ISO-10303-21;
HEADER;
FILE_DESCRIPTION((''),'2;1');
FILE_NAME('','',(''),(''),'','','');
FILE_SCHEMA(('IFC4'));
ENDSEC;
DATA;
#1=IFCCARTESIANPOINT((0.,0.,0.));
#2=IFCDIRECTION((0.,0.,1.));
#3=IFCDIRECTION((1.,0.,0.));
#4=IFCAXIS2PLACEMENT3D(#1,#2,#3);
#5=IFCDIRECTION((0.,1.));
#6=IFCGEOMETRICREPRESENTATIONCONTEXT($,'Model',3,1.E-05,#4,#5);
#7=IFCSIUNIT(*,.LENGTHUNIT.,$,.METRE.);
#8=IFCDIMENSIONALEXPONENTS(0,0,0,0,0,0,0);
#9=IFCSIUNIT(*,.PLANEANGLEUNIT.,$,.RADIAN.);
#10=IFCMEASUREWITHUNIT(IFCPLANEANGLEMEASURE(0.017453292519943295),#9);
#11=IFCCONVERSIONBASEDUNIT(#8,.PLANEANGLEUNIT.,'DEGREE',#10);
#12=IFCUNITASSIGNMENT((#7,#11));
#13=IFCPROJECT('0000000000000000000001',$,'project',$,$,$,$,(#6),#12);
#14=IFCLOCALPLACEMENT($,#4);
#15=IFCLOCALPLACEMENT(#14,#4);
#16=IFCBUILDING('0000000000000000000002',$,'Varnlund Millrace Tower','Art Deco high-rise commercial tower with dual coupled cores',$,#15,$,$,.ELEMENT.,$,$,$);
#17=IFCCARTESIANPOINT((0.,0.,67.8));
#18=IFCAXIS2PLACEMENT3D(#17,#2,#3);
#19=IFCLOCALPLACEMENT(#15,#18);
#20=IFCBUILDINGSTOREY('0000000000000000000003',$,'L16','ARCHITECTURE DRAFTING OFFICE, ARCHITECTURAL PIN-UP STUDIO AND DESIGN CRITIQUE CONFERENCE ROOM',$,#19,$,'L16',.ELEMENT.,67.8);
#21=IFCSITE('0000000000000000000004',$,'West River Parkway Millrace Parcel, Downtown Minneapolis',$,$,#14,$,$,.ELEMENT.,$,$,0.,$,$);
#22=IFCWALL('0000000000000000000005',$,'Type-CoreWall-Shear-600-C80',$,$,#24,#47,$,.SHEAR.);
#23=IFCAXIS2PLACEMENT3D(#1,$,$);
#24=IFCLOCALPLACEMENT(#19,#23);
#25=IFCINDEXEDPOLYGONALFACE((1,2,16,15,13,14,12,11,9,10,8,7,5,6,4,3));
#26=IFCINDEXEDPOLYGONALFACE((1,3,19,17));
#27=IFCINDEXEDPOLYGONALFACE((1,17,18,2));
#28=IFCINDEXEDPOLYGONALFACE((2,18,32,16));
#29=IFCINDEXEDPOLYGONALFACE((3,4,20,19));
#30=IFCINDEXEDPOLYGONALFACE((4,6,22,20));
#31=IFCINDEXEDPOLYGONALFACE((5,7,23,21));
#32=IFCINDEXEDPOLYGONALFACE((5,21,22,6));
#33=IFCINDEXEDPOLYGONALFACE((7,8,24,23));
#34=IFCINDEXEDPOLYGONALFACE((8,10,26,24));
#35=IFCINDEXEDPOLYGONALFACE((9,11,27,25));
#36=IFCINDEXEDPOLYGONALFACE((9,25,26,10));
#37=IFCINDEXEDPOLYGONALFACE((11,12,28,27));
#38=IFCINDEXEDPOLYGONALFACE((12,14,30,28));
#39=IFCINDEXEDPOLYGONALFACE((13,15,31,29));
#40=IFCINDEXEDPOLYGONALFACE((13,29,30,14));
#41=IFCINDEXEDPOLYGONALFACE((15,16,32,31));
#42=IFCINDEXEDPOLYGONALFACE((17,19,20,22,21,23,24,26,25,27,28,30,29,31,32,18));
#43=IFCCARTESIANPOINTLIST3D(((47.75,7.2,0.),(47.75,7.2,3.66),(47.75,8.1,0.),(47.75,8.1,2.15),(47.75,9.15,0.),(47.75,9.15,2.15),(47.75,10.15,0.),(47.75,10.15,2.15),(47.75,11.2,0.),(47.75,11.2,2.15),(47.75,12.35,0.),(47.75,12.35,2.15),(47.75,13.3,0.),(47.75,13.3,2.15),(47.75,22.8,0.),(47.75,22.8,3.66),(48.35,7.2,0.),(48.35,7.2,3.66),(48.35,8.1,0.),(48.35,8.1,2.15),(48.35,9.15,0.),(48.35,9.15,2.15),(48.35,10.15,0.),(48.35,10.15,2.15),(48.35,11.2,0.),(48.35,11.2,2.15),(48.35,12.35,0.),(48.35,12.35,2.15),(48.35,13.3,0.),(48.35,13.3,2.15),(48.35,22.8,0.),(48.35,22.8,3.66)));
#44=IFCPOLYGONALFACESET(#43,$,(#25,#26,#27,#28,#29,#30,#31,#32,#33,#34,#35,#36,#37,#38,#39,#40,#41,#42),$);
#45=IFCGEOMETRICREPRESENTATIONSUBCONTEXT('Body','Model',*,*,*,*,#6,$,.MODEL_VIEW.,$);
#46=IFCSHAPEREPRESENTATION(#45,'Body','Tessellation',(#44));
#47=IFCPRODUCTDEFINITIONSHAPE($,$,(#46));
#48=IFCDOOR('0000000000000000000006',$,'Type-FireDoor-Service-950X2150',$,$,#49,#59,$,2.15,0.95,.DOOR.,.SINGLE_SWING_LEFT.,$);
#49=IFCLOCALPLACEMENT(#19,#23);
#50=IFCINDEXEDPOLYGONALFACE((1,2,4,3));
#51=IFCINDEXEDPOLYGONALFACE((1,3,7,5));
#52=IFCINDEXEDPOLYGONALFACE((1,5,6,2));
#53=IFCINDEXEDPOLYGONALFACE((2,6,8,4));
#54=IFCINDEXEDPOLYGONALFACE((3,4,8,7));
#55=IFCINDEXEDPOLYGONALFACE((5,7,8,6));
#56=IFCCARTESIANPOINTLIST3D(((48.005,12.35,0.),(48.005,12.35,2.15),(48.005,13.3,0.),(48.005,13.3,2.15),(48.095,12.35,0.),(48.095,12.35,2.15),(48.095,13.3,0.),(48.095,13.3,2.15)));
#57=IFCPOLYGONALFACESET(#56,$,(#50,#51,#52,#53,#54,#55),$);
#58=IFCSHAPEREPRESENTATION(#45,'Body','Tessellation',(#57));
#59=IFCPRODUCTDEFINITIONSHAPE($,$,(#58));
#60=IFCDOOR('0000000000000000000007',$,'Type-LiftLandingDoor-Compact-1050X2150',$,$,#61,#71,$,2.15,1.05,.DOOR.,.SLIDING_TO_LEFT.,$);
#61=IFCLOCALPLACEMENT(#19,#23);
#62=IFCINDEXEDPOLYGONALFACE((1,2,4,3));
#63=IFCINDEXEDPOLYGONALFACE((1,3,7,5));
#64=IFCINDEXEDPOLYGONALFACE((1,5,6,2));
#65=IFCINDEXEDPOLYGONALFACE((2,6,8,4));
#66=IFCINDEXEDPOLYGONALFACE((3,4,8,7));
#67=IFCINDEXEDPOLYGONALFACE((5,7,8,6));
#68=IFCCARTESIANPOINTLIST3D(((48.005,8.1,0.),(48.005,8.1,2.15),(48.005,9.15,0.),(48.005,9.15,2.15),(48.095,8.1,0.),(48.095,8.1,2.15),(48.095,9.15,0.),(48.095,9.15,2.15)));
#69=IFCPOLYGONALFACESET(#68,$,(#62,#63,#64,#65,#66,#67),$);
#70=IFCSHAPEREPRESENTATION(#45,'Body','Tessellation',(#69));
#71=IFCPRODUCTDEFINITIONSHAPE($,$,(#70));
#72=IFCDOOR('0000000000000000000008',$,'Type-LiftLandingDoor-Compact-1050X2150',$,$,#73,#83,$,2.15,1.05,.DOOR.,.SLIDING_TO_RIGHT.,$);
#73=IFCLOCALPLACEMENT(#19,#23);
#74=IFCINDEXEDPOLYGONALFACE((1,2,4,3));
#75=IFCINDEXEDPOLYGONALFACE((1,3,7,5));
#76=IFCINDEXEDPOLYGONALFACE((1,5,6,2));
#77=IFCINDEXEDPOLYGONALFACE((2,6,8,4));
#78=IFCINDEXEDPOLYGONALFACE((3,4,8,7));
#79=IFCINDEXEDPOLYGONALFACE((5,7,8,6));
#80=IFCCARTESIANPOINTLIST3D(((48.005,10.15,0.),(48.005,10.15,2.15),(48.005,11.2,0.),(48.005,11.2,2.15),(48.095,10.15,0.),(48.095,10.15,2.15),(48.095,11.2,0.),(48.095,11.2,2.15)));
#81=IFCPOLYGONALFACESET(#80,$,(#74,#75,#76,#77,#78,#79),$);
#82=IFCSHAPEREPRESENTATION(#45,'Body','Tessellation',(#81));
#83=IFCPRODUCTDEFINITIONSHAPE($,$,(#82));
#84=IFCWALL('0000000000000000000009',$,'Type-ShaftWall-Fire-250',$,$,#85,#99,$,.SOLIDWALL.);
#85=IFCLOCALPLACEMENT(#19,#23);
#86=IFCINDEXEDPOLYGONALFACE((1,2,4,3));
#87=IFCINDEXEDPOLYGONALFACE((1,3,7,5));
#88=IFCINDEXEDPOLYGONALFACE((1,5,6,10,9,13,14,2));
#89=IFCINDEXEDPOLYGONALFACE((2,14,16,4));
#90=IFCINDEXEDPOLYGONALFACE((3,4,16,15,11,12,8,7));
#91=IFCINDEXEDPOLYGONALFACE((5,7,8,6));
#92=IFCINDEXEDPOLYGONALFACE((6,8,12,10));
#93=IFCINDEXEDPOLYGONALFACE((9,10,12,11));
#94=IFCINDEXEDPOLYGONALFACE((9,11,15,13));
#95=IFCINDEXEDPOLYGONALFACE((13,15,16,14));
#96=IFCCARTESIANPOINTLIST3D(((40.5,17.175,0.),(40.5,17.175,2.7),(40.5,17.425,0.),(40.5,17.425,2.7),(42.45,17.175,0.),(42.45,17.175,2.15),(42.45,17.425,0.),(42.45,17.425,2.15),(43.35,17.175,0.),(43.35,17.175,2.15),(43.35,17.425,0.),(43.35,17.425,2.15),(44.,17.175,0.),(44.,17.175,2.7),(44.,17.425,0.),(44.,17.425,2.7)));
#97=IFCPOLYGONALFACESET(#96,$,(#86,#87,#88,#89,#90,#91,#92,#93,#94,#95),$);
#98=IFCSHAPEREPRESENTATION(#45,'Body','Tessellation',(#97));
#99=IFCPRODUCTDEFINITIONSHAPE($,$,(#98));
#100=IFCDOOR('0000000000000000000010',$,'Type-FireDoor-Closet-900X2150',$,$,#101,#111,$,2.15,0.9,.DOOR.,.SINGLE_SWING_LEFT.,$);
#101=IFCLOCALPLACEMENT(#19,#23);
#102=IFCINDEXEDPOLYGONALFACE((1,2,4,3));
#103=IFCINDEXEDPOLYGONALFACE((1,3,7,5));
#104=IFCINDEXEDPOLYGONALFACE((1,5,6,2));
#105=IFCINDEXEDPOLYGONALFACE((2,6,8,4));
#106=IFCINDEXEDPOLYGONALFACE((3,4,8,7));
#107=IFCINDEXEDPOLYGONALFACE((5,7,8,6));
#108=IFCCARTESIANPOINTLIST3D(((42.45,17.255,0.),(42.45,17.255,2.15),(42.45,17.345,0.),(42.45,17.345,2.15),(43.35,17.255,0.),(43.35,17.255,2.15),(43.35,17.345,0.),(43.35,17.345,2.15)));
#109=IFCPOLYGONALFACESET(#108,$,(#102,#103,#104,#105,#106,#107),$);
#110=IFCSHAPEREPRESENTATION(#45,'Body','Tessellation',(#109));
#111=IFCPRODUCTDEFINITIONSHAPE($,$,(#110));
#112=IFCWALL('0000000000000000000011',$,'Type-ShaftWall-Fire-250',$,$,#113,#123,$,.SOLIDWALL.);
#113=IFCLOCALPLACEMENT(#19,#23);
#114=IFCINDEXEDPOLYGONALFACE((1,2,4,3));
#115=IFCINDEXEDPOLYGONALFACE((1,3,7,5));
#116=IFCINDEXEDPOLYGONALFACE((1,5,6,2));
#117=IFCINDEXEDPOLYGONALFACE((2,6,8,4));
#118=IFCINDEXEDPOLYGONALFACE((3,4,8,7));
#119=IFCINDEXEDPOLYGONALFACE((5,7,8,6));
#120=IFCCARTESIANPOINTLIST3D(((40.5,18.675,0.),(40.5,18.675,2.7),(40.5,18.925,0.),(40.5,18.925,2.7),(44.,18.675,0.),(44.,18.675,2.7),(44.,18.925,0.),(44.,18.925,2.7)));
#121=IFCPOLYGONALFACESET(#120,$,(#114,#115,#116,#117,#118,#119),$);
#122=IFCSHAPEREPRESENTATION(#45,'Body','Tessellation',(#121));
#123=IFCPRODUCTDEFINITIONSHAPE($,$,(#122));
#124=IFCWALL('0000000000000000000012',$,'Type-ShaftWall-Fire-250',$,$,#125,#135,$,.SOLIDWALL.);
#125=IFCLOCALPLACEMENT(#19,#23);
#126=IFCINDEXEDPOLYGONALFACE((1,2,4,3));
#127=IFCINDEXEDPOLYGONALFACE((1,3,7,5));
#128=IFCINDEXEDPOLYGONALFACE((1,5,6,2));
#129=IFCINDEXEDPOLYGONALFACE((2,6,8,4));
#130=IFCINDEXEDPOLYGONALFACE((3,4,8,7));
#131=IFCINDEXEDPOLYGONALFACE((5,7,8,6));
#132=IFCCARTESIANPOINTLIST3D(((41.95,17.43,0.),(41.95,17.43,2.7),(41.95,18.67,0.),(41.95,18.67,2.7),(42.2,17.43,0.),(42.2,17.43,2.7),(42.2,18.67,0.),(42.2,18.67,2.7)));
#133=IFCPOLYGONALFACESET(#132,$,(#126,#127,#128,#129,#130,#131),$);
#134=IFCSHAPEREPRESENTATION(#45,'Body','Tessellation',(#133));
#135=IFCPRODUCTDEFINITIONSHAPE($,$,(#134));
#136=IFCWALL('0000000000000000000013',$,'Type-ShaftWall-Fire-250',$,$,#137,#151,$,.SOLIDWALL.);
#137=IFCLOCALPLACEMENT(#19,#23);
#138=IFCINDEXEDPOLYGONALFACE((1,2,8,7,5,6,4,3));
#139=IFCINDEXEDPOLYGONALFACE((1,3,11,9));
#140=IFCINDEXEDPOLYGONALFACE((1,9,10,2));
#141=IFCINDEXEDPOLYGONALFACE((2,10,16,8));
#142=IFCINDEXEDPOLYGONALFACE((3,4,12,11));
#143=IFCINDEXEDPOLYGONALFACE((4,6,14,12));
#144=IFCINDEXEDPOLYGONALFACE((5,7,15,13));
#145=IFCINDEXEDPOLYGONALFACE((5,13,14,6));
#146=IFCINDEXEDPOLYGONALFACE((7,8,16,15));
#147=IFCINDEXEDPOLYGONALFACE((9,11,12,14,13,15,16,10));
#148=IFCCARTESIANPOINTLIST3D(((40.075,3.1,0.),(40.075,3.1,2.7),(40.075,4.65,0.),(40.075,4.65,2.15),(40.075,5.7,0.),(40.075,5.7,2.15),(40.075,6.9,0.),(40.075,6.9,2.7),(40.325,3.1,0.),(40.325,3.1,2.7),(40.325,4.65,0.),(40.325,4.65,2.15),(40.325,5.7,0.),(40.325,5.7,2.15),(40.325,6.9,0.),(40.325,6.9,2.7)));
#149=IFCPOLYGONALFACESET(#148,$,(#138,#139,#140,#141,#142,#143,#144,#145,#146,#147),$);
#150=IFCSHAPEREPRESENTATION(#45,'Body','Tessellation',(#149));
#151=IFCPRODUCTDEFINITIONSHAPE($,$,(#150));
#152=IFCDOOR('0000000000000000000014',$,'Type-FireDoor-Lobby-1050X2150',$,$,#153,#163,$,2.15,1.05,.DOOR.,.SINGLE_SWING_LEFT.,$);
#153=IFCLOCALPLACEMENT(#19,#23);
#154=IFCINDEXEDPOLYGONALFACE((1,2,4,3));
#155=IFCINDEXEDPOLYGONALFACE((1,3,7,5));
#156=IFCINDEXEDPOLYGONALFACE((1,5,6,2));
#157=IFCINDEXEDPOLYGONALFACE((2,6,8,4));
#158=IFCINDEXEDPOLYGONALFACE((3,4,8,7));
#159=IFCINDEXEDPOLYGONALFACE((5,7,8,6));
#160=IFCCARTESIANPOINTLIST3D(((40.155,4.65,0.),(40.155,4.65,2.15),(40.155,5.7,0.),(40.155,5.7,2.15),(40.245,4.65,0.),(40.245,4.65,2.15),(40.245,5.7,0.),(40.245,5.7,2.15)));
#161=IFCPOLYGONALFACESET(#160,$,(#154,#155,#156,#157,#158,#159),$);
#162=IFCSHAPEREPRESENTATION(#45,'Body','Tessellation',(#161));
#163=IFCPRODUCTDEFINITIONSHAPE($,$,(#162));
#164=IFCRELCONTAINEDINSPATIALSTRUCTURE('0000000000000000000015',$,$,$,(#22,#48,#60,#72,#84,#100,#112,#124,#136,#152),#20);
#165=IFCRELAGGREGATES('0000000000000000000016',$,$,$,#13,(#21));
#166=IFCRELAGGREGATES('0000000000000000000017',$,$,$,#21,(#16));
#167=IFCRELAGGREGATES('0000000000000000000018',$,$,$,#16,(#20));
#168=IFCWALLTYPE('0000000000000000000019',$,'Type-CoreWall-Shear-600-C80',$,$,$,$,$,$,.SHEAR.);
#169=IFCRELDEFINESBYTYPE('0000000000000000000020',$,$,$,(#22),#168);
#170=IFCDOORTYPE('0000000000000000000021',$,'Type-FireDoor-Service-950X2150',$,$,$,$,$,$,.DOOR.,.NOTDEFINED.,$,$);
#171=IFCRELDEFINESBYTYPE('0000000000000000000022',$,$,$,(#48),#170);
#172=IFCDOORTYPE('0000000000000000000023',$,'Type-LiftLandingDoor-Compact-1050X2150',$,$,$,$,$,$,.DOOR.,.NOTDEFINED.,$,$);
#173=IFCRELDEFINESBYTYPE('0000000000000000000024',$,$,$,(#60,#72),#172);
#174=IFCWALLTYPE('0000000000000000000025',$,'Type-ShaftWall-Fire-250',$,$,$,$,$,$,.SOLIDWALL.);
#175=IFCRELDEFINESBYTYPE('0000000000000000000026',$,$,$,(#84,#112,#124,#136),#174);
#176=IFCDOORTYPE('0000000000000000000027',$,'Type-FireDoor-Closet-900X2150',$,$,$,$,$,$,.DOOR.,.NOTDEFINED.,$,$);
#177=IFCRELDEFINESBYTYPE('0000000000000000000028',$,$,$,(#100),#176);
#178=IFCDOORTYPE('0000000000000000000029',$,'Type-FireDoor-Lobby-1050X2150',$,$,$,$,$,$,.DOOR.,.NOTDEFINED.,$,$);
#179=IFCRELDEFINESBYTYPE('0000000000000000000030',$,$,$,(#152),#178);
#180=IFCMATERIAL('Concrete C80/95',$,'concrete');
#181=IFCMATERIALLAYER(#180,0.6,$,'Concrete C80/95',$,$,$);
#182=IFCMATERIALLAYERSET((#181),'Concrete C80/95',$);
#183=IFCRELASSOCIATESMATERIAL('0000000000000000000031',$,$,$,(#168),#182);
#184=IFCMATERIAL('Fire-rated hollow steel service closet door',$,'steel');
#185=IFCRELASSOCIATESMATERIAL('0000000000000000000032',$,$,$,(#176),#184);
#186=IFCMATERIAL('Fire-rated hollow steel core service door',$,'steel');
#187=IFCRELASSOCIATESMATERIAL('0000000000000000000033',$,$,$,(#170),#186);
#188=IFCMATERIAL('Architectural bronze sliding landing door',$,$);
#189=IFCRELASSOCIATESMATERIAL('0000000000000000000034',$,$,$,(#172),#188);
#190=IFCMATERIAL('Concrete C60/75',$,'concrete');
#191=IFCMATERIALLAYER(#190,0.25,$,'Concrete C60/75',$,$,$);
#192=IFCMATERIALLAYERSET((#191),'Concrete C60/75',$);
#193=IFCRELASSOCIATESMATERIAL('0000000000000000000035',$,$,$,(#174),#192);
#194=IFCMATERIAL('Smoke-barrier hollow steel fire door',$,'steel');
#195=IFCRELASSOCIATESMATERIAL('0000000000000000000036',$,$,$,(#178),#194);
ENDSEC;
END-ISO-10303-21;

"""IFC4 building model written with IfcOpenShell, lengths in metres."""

from ifc_helpers import new_model, entity, si_unit, converted_unit, direction, frame, origin_with_axes, origin_2d_with_axis, place, context, subcontext, project, spatial, polyline, rectangle, outline, extrude, material, layer, layer_set, type_object, element, fill, save


model = new_model("IFC4")

# Units and contexts
model_context = context("Model", 3, precision=1e-05, world=origin_with_axes(), true_north=direction((0.0, 1.0)))
body_context = subcontext(model_context, "Body", "Model", "MODEL_VIEW")
ifc_project = project(units=[si_unit("LENGTHUNIT", "METRE"), converted_unit("PLANEANGLEUNIT", "DEGREE", entity("IfcPlaneAngleMeasure", 0.017453292519943295), si_unit("PLANEANGLEUNIT", "RADIAN"), dimensions=[0, 0, 0, 0, 0, 0, 0])], contexts=[model_context])

# Site, building, storey
site_placement = place(None, origin_with_axes())
site = spatial("IfcSite", under=ifc_project, at=site_placement, Name="West River Parkway Millrace Parcel, Downtown Minneapolis", CompositionType="ELEMENT", RefElevation=0.0)
building_placement = place(site_placement, origin_with_axes())
building = spatial("IfcBuilding", under=site, at=building_placement, Name="Varnlund Millrace Tower", Description="Art Deco high-rise commercial tower with dual coupled cores", CompositionType="ELEMENT")
storey_placement = place(building_placement, frame((0.0, 0.0, 67.8), z_axis=(0.0, 0.0, 1.0), x_axis=(1.0, 0.0, 0.0)))
storey = spatial("IfcBuildingStorey", under=building, at=storey_placement, Name="L16", Description="ARCHITECTURE DRAFTING OFFICE, ARCHITECTURAL PIN-UP STUDIO AND DESIGN CRITIQUE CONFERENCE ROOM", LongName="L16", CompositionType="ELEMENT", Elevation=67.8)

# Shared definitions
ifc_material_1 = material(Name="Concrete C80/95", Category="concrete")

# Shared definitions
ifc_layer_1 = layer(ifc_material_1, 0.6, Name="Concrete C80/95")
ifc_layer_set_1 = layer_set([ifc_layer_1], Name="Concrete C80/95")
wall_type_1 = type_object("IfcWallType", Name="Type-CoreWall-Shear-600-C80", PredefinedType="SHEAR", material=ifc_layer_set_1)
ifc_material_2 = material(Name="Fire-rated hollow steel service closet door", Category="steel")
door_type_1 = type_object("IfcDoorType", Name="Type-FireDoor-Closet-900X2150", OperationType="NOTDEFINED", PredefinedType="DOOR", material=ifc_material_2)

# Wall, openings, doors
wall_1_placement = place(storey_placement, frame((48.05, 7.2, 0.0), z_axis=(0.0, 0.0, 1.0), x_axis=(0.0, 1.0, 0.0)))
wall_1 = element("IfcWall", 1, at=wall_1_placement, inside=storey, type_object=wall_type_1, Name="Type-CoreWall-Shear-600-C80", PredefinedType="SHEAR", context=body_context, shape_type="SweptSolid", body=[
    extrude(outline(polyline([(0.0, -0.3), (15.6, -0.3), (15.6, 0.3), (0.0, 0.3), (0.0, -0.3)])), origin_with_axes(), (0.0, 0.0, 1.0), 3.66),
])
opening_1_placement = place(wall_1_placement, frame((1.425, 0.0, 0.0), z_axis=(0.0, 0.0, 1.0), x_axis=(1.0, 0.0, 0.0)))
opening_1 = element("IfcOpeningElement", 2, at=opening_1_placement, cuts=wall_1, PredefinedType="OPENING", context=body_context, shape_type="SweptSolid", body=[
    extrude(rectangle(XDim=1.05, YDim=0.62, at=origin_2d_with_axis()), origin_with_axes(), (0.0, 0.0, 1.0), 2.15),
])
opening_2_placement = place(wall_1_placement, frame((3.475, 0.0, 0.0), z_axis=(0.0, 0.0, 1.0), x_axis=(1.0, 0.0, 0.0)))
opening_2 = element("IfcOpeningElement", 3, at=opening_2_placement, cuts=wall_1, PredefinedType="OPENING", context=body_context, shape_type="SweptSolid", body=[
    extrude(rectangle(XDim=1.05, YDim=0.62, at=origin_2d_with_axis()), origin_with_axes(), (0.0, 0.0, 1.0), 2.15),
])
opening_3_placement = place(wall_1_placement, frame((5.625, 0.0, 0.0), z_axis=(0.0, 0.0, 1.0), x_axis=(1.0, 0.0, 0.0)))
opening_3 = element("IfcOpeningElement", 4, at=opening_3_placement, cuts=wall_1, PredefinedType="OPENING", context=body_context, shape_type="SweptSolid", body=[
    extrude(rectangle(XDim=0.95, YDim=0.62, at=origin_2d_with_axis()), origin_with_axes(), (0.0, 0.0, 1.0), 2.15),
])
ifc_material_3 = material(Name="Fire-rated hollow steel core service door", Category="steel")
door_type_2 = type_object("IfcDoorType", Name="Type-FireDoor-Service-950X2150", OperationType="NOTDEFINED", PredefinedType="DOOR", material=ifc_material_3)
door_1_placement = place(wall_1_placement, frame((5.625, 0.0, 0.0), z_axis=(0.0, 0.0, 1.0), x_axis=(1.0, 0.0, 0.0)))
door_1 = element("IfcDoor", 5, at=door_1_placement, inside=storey, type_object=door_type_2, Name="Type-FireDoor-Service-950X2150", OperationType="SINGLE_SWING_LEFT", OverallHeight=2.15, OverallWidth=0.95, PredefinedType="DOOR", context=body_context, shape_type="SweptSolid", body=[
    extrude(rectangle(XDim=0.95, YDim=0.09, at=origin_2d_with_axis()), origin_with_axes(), (0.0, 0.0, 1.0), 2.15),
])
fill(opening_3, door_1)
ifc_material_4 = material(Name="Architectural bronze sliding landing door")
door_type_3 = type_object("IfcDoorType", Name="Type-LiftLandingDoor-Compact-1050X2150", OperationType="NOTDEFINED", PredefinedType="DOOR", material=ifc_material_4)
door_2_placement = place(wall_1_placement, frame((1.425, 0.0, 0.0), z_axis=(0.0, 0.0, 1.0), x_axis=(1.0, 0.0, 0.0)))
door_2 = element("IfcDoor", 6, at=door_2_placement, inside=storey, type_object=door_type_3, Name="Type-LiftLandingDoor-Compact-1050X2150", OperationType="SLIDING_TO_LEFT", OverallHeight=2.15, OverallWidth=1.05, PredefinedType="DOOR", context=body_context, shape_type="SweptSolid", body=[
    extrude(rectangle(XDim=1.05, YDim=0.09, at=origin_2d_with_axis()), origin_with_axes(), (0.0, 0.0, 1.0), 2.15),
])
fill(opening_1, door_2)
door_3_placement = place(wall_1_placement, frame((3.475, 0.0, 0.0), z_axis=(0.0, 0.0, 1.0), x_axis=(1.0, 0.0, 0.0)))
door_3 = element("IfcDoor", 7, at=door_3_placement, inside=storey, type_object=door_type_3, Name="Type-LiftLandingDoor-Compact-1050X2150", OperationType="SLIDING_TO_RIGHT", OverallHeight=2.15, OverallWidth=1.05, PredefinedType="DOOR", context=body_context, shape_type="SweptSolid", body=[
    extrude(rectangle(XDim=1.05, YDim=0.09, at=origin_2d_with_axis()), origin_with_axes(), (0.0, 0.0, 1.0), 2.15),
])
fill(opening_2, door_3)

# Wall, opening, door
ifc_material_5 = material(Name="Concrete C60/75", Category="concrete")
ifc_layer_2 = layer(ifc_material_5, 0.25, Name="Concrete C60/75")
ifc_layer_set_2 = layer_set([ifc_layer_2], Name="Concrete C60/75")
wall_type_2 = type_object("IfcWallType", Name="Type-ShaftWall-Fire-250", PredefinedType="SOLIDWALL", material=ifc_layer_set_2)
wall_2_placement = place(storey_placement, frame((40.5, 17.3, 0.0), z_axis=(0.0, 0.0, 1.0), x_axis=(1.0, 0.0, 0.0)))
wall_2 = element("IfcWall", 8, at=wall_2_placement, inside=storey, type_object=wall_type_2, Name="Type-ShaftWall-Fire-250", PredefinedType="SOLIDWALL", context=body_context, shape_type="SweptSolid", body=[
    extrude(outline(polyline([(0.0, -0.125), (3.5, -0.125), (3.5, 0.125), (0.0, 0.125), (0.0, -0.125)])), origin_with_axes(), (0.0, 0.0, 1.0), 2.7),
])
opening_4_placement = place(wall_2_placement, frame((2.4, 0.0, 0.0), z_axis=(0.0, 0.0, 1.0), x_axis=(1.0, 0.0, 0.0)))
opening_4 = element("IfcOpeningElement", 9, at=opening_4_placement, cuts=wall_2, PredefinedType="OPENING", context=body_context, shape_type="SweptSolid", body=[
    extrude(rectangle(XDim=0.9, YDim=0.27, at=origin_2d_with_axis()), origin_with_axes(), (0.0, 0.0, 1.0), 2.15),
])
door_4_placement = place(wall_2_placement, frame((2.4, 0.0, 0.0), z_axis=(0.0, 0.0, 1.0), x_axis=(1.0, 0.0, 0.0)))
door_4 = element("IfcDoor", 10, at=door_4_placement, inside=storey, type_object=door_type_1, Name="Type-FireDoor-Closet-900X2150", OperationType="SINGLE_SWING_LEFT", OverallHeight=2.15, OverallWidth=0.9, PredefinedType="DOOR", context=body_context, shape_type="SweptSolid", body=[
    extrude(rectangle(XDim=0.9, YDim=0.09, at=origin_2d_with_axis()), origin_with_axes(), (0.0, 0.0, 1.0), 2.15),
])
fill(opening_4, door_4)

# Walls
wall_3_placement = place(storey_placement, frame((40.5, 18.8, 0.0), z_axis=(0.0, 0.0, 1.0), x_axis=(1.0, 0.0, 0.0)))
element("IfcWall", 11, at=wall_3_placement, inside=storey, type_object=wall_type_2, Name="Type-ShaftWall-Fire-250", PredefinedType="SOLIDWALL", context=body_context, shape_type="SweptSolid", body=[
    extrude(outline(polyline([(0.0, -0.125), (3.5, -0.125), (3.5, 0.125), (0.0, 0.125), (0.0, -0.125)])), origin_with_axes(), (0.0, 0.0, 1.0), 2.7),
])
wall_4_placement = place(storey_placement, frame((42.075, 17.43, 0.0), z_axis=(0.0, 0.0, 1.0), x_axis=(0.0, 1.0, 0.0)))
element("IfcWall", 12, at=wall_4_placement, inside=storey, type_object=wall_type_2, Name="Type-ShaftWall-Fire-250", PredefinedType="SOLIDWALL", context=body_context, shape_type="SweptSolid", body=[
    extrude(outline(polyline([(0.0, -0.125), (1.24, -0.125), (1.24, 0.125), (0.0, 0.125), (0.0, -0.125)])), origin_with_axes(), (0.0, 0.0, 1.0), 2.7),
])

# Wall, opening, door
wall_5_placement = place(storey_placement, frame((40.2, 3.1, 0.0), z_axis=(0.0, 0.0, 1.0), x_axis=(0.0, 1.0, 0.0)))
wall_5 = element("IfcWall", 13, at=wall_5_placement, inside=storey, type_object=wall_type_2, Name="Type-ShaftWall-Fire-250", PredefinedType="SOLIDWALL", context=body_context, shape_type="SweptSolid", body=[
    extrude(outline(polyline([(0.0, -0.125), (3.8, -0.125), (3.8, 0.125), (0.0, 0.125), (0.0, -0.125)])), origin_with_axes(), (0.0, 0.0, 1.0), 2.7),
])
opening_5_placement = place(wall_5_placement, frame((2.075, 0.0, 0.0), z_axis=(0.0, 0.0, 1.0), x_axis=(1.0, 0.0, 0.0)))
opening_5 = element("IfcOpeningElement", 14, at=opening_5_placement, cuts=wall_5, PredefinedType="OPENING", context=body_context, shape_type="SweptSolid", body=[
    extrude(rectangle(XDim=1.05, YDim=0.27, at=origin_2d_with_axis()), origin_with_axes(), (0.0, 0.0, 1.0), 2.15),
])
ifc_material_6 = material(Name="Smoke-barrier hollow steel fire door", Category="steel")
door_type_4 = type_object("IfcDoorType", Name="Type-FireDoor-Lobby-1050X2150", OperationType="NOTDEFINED", PredefinedType="DOOR", material=ifc_material_6)
door_5_placement = place(wall_5_placement, frame((2.075, 0.0, 0.0), z_axis=(0.0, 0.0, 1.0), x_axis=(1.0, 0.0, 0.0)))
door_5 = element("IfcDoor", 15, at=door_5_placement, inside=storey, type_object=door_type_4, Name="Type-FireDoor-Lobby-1050X2150", OperationType="SINGLE_SWING_LEFT", OverallHeight=2.15, OverallWidth=1.05, PredefinedType="DOOR", context=body_context, shape_type="SweptSolid", body=[
    extrude(rectangle(XDim=1.05, YDim=0.09, at=origin_2d_with_axis()), origin_with_axes(), (0.0, 0.0, 1.0), 2.15),
])
fill(opening_5, door_5)

save(model, "model.ifc")
